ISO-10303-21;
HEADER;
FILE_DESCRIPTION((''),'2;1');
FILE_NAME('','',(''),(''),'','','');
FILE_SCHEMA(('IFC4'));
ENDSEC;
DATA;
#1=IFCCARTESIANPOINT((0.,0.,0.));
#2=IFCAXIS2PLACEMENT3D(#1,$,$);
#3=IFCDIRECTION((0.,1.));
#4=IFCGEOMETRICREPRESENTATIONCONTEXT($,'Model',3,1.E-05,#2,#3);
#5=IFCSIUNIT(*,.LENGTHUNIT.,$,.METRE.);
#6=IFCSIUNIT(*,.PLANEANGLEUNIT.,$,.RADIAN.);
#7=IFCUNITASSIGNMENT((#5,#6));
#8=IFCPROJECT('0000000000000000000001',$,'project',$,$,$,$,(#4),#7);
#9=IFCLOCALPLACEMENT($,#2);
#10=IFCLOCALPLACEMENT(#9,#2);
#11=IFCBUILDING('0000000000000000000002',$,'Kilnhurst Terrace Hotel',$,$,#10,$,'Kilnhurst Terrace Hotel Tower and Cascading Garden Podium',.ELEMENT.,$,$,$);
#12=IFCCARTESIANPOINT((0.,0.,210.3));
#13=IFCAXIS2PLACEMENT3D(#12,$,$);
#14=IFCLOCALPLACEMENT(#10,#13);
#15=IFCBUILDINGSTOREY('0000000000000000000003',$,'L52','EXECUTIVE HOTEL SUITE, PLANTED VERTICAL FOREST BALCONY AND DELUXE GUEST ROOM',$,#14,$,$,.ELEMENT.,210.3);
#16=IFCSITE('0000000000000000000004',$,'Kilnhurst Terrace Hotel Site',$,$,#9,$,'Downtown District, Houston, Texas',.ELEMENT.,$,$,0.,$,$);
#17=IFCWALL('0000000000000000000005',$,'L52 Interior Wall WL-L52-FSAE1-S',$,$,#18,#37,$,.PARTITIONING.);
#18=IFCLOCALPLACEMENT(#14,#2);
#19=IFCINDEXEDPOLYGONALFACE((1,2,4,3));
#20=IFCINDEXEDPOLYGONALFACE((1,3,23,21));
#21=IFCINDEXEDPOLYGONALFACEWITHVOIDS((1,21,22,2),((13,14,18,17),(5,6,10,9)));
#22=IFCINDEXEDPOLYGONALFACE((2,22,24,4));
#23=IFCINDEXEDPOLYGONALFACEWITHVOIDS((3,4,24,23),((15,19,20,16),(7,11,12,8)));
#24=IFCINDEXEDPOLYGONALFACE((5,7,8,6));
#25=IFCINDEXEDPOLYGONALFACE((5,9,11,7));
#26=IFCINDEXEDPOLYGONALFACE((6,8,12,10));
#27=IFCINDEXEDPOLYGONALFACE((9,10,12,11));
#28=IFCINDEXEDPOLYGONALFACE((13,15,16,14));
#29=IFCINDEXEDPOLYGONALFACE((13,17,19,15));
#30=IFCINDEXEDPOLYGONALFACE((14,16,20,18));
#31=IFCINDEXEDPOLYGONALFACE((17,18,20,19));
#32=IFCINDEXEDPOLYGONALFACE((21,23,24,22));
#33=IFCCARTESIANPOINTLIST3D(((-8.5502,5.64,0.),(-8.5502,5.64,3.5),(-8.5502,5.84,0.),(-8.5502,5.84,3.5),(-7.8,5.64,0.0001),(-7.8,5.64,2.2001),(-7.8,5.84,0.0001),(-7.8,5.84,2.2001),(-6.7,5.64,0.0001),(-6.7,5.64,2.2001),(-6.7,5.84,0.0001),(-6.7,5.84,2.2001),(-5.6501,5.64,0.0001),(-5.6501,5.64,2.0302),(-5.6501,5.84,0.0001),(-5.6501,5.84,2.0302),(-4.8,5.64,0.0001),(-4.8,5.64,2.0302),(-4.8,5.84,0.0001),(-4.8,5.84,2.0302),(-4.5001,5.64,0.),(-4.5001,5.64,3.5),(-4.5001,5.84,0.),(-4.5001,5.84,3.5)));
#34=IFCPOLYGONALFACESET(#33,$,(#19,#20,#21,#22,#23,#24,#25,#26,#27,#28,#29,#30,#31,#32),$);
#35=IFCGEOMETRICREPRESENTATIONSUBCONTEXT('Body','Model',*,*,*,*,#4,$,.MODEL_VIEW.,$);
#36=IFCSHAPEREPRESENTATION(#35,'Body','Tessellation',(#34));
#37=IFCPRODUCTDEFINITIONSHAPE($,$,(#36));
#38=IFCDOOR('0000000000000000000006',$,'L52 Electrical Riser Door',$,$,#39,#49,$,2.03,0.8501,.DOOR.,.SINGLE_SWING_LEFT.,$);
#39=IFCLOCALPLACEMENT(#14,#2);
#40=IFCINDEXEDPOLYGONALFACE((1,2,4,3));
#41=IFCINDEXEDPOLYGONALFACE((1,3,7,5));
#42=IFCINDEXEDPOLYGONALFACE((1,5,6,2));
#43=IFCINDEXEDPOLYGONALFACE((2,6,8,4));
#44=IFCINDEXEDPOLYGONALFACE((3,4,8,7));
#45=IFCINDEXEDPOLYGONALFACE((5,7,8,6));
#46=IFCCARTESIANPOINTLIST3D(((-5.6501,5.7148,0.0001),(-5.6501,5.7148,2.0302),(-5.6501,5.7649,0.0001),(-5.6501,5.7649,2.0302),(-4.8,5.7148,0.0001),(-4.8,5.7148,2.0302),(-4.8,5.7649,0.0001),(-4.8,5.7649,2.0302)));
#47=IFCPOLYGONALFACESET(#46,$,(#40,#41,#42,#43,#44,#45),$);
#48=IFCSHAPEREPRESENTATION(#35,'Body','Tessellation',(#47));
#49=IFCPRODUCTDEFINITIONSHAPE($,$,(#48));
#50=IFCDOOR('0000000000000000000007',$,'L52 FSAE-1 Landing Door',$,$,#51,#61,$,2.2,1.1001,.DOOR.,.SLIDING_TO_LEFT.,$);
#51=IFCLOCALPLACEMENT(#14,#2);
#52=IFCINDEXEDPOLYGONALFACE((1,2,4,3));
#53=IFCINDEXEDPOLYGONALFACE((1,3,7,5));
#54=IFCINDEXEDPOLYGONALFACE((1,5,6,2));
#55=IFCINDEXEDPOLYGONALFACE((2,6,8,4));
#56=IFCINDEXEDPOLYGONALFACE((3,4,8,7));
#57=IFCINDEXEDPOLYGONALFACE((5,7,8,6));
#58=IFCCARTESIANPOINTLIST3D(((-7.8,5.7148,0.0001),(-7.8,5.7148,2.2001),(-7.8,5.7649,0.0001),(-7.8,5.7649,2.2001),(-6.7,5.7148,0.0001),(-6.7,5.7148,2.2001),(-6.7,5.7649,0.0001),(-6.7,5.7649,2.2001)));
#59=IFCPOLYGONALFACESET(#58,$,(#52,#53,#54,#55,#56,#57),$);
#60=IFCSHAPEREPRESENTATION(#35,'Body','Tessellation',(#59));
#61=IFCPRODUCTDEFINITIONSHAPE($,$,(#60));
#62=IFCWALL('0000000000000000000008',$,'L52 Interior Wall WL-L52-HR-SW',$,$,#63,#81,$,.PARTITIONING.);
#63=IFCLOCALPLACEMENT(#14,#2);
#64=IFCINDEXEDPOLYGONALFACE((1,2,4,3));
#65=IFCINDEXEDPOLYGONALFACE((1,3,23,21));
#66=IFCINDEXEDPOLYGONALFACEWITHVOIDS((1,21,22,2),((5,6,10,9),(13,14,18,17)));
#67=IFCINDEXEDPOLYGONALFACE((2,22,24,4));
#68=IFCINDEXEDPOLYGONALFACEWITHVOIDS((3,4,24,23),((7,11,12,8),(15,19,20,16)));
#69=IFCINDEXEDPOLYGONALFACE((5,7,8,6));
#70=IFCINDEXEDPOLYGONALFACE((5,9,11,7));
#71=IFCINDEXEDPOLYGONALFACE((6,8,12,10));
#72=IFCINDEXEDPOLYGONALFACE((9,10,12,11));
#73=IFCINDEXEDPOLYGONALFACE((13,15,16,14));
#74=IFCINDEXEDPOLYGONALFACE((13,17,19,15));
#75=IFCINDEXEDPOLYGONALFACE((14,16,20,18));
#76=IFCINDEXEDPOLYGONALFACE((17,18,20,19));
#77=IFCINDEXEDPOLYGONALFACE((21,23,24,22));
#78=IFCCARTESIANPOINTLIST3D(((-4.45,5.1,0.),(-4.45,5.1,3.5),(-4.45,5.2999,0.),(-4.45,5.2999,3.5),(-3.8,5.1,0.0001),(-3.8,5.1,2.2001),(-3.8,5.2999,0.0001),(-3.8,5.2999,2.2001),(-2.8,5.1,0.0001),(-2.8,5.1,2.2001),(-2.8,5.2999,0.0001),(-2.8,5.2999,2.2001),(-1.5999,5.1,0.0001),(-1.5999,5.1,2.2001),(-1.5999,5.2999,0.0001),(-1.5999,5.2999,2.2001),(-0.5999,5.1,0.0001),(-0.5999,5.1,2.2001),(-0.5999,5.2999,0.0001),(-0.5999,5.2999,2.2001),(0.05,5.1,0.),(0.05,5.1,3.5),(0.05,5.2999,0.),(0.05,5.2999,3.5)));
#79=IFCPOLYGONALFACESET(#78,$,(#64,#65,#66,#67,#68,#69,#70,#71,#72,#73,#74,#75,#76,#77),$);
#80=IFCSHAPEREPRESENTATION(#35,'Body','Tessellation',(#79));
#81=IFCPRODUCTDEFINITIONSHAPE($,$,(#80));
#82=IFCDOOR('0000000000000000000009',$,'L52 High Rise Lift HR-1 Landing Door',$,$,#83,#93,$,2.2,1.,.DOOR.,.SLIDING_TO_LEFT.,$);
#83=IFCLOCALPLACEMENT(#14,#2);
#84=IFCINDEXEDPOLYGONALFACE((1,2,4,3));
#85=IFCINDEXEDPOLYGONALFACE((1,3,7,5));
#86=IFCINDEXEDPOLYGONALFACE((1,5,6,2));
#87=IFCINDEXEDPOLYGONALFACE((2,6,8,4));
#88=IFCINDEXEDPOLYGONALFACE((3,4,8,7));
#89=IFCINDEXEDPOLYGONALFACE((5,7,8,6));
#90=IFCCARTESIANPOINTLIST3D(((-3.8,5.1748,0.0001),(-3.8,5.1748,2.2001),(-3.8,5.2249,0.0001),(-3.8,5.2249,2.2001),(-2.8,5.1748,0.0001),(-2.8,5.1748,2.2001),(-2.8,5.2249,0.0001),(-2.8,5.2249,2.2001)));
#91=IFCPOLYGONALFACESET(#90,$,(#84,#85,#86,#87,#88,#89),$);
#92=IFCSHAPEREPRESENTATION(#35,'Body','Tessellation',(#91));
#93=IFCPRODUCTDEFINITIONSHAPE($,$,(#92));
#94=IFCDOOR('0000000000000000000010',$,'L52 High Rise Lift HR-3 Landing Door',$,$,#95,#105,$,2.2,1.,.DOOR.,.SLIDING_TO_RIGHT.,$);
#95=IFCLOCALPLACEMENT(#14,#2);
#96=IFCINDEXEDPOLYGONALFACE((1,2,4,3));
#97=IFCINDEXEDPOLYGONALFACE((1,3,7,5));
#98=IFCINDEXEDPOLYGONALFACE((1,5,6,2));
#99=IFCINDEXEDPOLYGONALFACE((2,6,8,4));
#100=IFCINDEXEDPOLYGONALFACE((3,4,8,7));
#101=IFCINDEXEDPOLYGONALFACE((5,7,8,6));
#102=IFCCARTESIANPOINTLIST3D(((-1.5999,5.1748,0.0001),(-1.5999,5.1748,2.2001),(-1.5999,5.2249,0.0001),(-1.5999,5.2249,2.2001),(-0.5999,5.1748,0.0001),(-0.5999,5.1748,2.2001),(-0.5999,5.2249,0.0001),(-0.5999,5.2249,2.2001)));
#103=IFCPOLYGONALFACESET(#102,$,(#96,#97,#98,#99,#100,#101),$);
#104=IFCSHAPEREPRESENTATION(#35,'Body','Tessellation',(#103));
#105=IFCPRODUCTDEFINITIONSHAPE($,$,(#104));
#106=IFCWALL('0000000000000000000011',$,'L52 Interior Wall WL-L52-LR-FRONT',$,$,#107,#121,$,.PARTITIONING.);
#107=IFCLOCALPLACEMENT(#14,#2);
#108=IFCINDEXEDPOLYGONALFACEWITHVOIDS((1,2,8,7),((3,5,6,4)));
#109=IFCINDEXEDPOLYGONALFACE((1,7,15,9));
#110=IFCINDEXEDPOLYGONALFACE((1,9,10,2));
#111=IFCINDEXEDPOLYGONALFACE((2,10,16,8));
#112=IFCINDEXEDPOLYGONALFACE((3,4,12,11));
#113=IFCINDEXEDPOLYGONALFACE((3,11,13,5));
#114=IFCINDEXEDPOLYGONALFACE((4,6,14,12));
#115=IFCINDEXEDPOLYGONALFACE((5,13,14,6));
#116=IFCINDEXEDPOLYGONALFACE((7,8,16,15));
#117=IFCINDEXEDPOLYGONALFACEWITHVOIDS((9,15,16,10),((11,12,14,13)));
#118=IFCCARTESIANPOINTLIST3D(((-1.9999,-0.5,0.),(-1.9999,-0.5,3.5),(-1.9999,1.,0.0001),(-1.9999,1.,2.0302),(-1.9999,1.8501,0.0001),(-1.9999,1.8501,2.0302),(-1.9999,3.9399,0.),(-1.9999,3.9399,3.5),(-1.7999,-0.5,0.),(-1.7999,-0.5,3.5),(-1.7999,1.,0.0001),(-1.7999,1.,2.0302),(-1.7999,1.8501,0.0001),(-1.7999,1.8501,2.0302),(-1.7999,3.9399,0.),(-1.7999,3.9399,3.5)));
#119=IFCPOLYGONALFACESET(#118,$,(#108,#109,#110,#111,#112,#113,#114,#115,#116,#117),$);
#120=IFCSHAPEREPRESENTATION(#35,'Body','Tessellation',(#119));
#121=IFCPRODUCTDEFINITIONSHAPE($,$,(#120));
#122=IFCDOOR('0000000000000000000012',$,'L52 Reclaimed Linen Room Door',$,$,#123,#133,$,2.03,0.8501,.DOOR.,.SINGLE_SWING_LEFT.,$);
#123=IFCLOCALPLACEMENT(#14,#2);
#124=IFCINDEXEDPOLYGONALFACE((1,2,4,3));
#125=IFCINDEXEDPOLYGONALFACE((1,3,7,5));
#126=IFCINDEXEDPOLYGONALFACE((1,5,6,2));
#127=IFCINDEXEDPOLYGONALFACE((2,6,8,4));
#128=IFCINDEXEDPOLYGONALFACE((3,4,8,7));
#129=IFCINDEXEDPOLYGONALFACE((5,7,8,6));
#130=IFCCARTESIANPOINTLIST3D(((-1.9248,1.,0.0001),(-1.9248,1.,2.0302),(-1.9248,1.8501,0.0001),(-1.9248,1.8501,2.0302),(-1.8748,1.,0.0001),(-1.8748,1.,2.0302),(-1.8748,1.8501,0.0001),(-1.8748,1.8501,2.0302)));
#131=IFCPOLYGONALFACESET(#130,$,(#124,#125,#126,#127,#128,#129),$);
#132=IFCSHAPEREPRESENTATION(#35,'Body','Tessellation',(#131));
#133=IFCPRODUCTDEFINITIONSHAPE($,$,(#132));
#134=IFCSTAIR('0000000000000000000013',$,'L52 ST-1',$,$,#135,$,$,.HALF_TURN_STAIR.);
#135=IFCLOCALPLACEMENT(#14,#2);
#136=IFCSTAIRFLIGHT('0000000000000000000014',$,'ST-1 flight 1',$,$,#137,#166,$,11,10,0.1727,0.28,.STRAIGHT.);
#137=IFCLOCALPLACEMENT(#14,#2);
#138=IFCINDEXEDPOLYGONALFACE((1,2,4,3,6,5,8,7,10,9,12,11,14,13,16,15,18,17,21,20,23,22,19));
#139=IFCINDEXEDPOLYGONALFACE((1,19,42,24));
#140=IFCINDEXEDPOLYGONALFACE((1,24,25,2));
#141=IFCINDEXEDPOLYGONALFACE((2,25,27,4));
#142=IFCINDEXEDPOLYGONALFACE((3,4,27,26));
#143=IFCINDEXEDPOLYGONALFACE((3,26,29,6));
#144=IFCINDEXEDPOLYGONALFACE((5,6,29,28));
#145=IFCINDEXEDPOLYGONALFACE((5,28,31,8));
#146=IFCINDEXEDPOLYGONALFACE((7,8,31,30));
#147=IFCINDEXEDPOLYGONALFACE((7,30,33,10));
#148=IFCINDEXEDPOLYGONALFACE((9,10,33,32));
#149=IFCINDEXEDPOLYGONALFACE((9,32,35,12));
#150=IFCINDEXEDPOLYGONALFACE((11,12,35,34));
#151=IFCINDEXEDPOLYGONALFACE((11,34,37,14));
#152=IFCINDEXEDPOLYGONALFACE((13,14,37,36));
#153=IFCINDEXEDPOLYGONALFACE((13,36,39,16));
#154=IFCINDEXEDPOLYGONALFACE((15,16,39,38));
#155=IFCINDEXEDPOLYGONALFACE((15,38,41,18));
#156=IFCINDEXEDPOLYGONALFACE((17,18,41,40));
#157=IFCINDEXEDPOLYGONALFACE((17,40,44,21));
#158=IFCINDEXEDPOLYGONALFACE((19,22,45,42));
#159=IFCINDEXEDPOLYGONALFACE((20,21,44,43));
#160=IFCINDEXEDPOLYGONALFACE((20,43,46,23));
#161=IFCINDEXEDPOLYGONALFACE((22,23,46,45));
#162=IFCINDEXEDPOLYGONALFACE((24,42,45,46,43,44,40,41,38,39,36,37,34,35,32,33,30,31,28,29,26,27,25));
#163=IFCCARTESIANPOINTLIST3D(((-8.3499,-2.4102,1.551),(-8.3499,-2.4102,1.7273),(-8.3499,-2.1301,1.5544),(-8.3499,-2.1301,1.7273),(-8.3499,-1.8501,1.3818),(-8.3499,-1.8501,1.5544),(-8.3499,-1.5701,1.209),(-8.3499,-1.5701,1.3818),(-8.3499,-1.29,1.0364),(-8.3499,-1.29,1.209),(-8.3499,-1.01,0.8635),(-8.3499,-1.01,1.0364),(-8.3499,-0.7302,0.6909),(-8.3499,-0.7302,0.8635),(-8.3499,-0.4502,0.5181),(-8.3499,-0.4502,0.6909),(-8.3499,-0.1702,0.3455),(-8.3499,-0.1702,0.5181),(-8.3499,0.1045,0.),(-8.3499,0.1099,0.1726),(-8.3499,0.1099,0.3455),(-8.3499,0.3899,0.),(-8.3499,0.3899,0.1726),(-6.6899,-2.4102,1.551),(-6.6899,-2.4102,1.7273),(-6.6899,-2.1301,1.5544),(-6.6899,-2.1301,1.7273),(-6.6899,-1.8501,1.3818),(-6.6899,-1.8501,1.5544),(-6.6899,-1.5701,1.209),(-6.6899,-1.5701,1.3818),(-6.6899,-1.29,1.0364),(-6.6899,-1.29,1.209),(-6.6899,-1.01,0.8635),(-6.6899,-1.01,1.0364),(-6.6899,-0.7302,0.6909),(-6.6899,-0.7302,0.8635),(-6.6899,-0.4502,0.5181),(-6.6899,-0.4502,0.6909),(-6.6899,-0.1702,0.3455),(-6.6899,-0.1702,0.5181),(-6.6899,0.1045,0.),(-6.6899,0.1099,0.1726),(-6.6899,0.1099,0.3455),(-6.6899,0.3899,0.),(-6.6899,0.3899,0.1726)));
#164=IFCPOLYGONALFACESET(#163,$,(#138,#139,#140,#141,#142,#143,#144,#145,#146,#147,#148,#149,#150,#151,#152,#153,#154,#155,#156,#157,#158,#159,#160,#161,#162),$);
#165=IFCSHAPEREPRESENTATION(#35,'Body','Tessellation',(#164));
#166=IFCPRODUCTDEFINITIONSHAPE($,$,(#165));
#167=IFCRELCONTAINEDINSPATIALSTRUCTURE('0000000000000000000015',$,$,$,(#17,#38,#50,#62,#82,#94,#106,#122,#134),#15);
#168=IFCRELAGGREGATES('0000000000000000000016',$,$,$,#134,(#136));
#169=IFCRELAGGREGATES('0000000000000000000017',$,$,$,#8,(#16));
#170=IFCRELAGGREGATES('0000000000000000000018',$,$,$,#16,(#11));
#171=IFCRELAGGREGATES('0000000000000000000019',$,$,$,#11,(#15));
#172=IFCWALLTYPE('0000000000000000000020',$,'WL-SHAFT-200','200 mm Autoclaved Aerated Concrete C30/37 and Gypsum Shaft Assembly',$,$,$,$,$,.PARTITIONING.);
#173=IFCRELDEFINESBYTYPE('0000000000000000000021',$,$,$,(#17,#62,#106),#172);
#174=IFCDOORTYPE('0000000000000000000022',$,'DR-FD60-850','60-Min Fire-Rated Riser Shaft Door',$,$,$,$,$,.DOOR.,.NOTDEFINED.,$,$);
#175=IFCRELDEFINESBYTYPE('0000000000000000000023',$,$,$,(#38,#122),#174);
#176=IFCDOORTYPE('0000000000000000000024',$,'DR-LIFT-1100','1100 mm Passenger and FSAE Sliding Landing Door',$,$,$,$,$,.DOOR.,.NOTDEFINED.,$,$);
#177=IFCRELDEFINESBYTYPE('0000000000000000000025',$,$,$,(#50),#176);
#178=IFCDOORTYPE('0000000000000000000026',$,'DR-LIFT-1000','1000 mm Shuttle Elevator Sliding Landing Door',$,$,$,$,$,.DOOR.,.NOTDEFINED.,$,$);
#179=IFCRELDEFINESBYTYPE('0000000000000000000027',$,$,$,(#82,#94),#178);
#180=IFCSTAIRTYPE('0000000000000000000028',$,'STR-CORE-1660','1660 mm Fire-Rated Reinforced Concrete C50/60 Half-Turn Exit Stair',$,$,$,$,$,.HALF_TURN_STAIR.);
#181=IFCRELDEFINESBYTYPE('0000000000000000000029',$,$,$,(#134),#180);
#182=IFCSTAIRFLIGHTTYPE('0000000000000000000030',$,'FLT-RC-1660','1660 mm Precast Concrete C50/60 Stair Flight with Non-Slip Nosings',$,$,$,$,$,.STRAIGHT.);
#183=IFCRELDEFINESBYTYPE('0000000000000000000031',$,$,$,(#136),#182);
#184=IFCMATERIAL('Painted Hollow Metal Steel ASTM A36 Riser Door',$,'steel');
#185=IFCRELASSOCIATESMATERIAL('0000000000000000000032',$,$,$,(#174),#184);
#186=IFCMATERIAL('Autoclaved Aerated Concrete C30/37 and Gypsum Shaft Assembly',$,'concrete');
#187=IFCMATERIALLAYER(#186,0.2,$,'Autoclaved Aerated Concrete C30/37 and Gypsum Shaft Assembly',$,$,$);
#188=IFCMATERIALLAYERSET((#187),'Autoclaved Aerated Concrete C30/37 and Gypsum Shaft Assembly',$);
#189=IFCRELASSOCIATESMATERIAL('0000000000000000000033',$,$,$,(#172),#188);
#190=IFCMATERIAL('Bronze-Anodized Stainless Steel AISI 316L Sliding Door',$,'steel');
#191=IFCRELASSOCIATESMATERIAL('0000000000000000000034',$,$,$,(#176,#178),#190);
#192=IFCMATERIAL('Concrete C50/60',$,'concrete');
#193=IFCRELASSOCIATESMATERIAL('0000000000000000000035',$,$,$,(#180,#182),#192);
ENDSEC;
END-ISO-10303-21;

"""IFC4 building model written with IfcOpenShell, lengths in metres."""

from ifc_helpers import new_model, si_unit, direction, frame, frame_2d, origin, place, context, subcontext, project, spatial, polyline, rectangle, outline, extrude, material, layer, layer_set, type_object, element, fill, aggregate, save


model = new_model("IFC4")

# Units and contexts
model_context = context("Model", 3, precision=1e-05, world=origin(), true_north=direction((0.0, 1.0)))
body_context = subcontext(model_context, "Body", "Model", "MODEL_VIEW")
ifc_project = project(units=[si_unit("LENGTHUNIT", "METRE"), si_unit("PLANEANGLEUNIT", "RADIAN")], contexts=[model_context])

# Site, building, storey
site_placement = place(None, origin())
site = spatial("IfcSite", under=ifc_project, at=site_placement, Name="Kilnhurst Terrace Hotel Site", LongName="Downtown District, Houston, Texas", CompositionType="ELEMENT", RefElevation=0.0)
building_placement = place(site_placement, origin())
building = spatial("IfcBuilding", under=site, at=building_placement, Name="Kilnhurst Terrace Hotel", LongName="Kilnhurst Terrace Hotel Tower and Cascading Garden Podium", CompositionType="ELEMENT")
storey_placement = place(building_placement, frame((0.0, 0.0, 210.3)))
storey = spatial("IfcBuildingStorey", under=building, at=storey_placement, Name="L52", Description="EXECUTIVE HOTEL SUITE, PLANTED VERTICAL FOREST BALCONY AND DELUXE GUEST ROOM", CompositionType="ELEMENT", Elevation=210.3)

# Shared definitions
ifc_material_1 = material(Name="Concrete C50/60", Category="concrete")

# Walls, openings, doors
ifc_material_2 = material(Name="Painted Hollow Metal Steel ASTM A36 Riser Door", Category="steel")
door_type_1 = type_object("IfcDoorType", Name="DR-FD60-850", Description="60-Min Fire-Rated Riser Shaft Door", OperationType="NOTDEFINED", PredefinedType="DOOR", material=ifc_material_2)
ifc_material_3 = material(Name="Autoclaved Aerated Concrete C30/37 and Gypsum Shaft Assembly", Category="concrete")
ifc_layer_1 = layer(ifc_material_3, 0.2, Name="Autoclaved Aerated Concrete C30/37 and Gypsum Shaft Assembly")
ifc_layer_set_1 = layer_set([ifc_layer_1], Name="Autoclaved Aerated Concrete C30/37 and Gypsum Shaft Assembly")
wall_type_1 = type_object("IfcWallType", Name="WL-SHAFT-200", Description="200 mm Autoclaved Aerated Concrete C30/37 and Gypsum Shaft Assembly", PredefinedType="PARTITIONING", material=ifc_layer_set_1)
wall_1_placement = place(storey_placement, frame((-8.55, 5.74, 0.0), z_axis=(0.0, 0.0, 1.0), x_axis=(1.0, 0.0, 0.0)))
wall_1 = element("IfcWall", 1, at=wall_1_placement, inside=storey, type_object=wall_type_1, Name="L52 Interior Wall WL-L52-FSAE1-S", PredefinedType="PARTITIONING", context=body_context, shape_type="SweptSolid", body=[
    extrude(rectangle(XDim=4.05, YDim=0.2, at=frame_2d((2.0249, 0.0))), origin(), (0.0, 0.0, 1.0), 3.5),
])
opening_1_placement = place(wall_1_placement, frame((0.75, 0.0, 0.0)))
opening_1 = element("IfcOpeningElement", 2, at=opening_1_placement, cuts=wall_1, PredefinedType="OPENING", context=body_context, shape_type="SweptSolid", body=[
    extrude(rectangle(XDim=1.1001, YDim=2.2, at=frame_2d((0.55, 1.1001))), frame((0.0, 0.1099, 0.0), z_axis=(0.0, -1.0, 0.0), x_axis=(1.0, 0.0, 0.0)), (0.0, 0.0, 1.0), 0.22),
])
opening_2_placement = place(wall_1_placement, frame((2.8999, 0.0, 0.0)))
opening_2 = element("IfcOpeningElement", 3, at=opening_2_placement, cuts=wall_1, PredefinedType="OPENING", context=body_context, shape_type="SweptSolid", body=[
    extrude(rectangle(XDim=0.8501, YDim=2.03, at=frame_2d((0.425, 1.0151))), frame((0.0, 0.1099, 0.0), z_axis=(0.0, -1.0, 0.0), x_axis=(1.0, 0.0, 0.0)), (0.0, 0.0, 1.0), 0.22),
])
door_1_placement = place(opening_2_placement, origin())
door_1 = element("IfcDoor", 4, at=door_1_placement, inside=storey, type_object=door_type_1, Name="L52 Electrical Riser Door", OperationType="SINGLE_SWING_LEFT", OverallHeight=2.03, OverallWidth=0.8501, PredefinedType="DOOR", context=body_context, shape_type="SweptSolid", body=[
    extrude(rectangle(XDim=0.8501, YDim=2.03, at=frame_2d((0.425, 1.0151))), frame((0.0, 0.0249, 0.0), z_axis=(0.0, -1.0, 0.0), x_axis=(1.0, 0.0, 0.0)), (0.0, 0.0, 1.0), 0.05),
])
fill(opening_2, door_1)
ifc_material_4 = material(Name="Bronze-Anodized Stainless Steel AISI 316L Sliding Door", Category="steel")
door_type_2 = type_object("IfcDoorType", Name="DR-LIFT-1100", Description="1100 mm Passenger and FSAE Sliding Landing Door", OperationType="NOTDEFINED", PredefinedType="DOOR", material=ifc_material_4)
door_2_placement = place(opening_1_placement, origin())
door_2 = element("IfcDoor", 5, at=door_2_placement, inside=storey, type_object=door_type_2, Name="L52 FSAE-1 Landing Door", OperationType="SLIDING_TO_LEFT", OverallHeight=2.2, OverallWidth=1.1001, PredefinedType="DOOR", context=body_context, shape_type="SweptSolid", body=[
    extrude(rectangle(XDim=1.1001, YDim=2.2, at=frame_2d((0.55, 1.1001))), frame((0.0, 0.0249, 0.0), z_axis=(0.0, -1.0, 0.0), x_axis=(1.0, 0.0, 0.0)), (0.0, 0.0, 1.0), 0.05),
])
fill(opening_1, door_2)
wall_2_placement = place(storey_placement, frame((-4.45, 5.2, 0.0), z_axis=(0.0, 0.0, 1.0), x_axis=(1.0, 0.0, 0.0)))
wall_2 = element("IfcWall", 6, at=wall_2_placement, inside=storey, type_object=wall_type_1, Name="L52 Interior Wall WL-L52-HR-SW", PredefinedType="PARTITIONING", context=body_context, shape_type="SweptSolid", body=[
    extrude(rectangle(XDim=4.5, YDim=0.2, at=frame_2d((2.25, 0.0))), origin(), (0.0, 0.0, 1.0), 3.5),
])
opening_3_placement = place(wall_2_placement, frame((0.6499, 0.0, 0.0)))
opening_3 = element("IfcOpeningElement", 7, at=opening_3_placement, cuts=wall_2, PredefinedType="OPENING", context=body_context, shape_type="SweptSolid", body=[
    extrude(rectangle(XDim=1.0, YDim=2.2, at=frame_2d((0.5, 1.1001))), frame((0.0, 0.1099, 0.0), z_axis=(0.0, -1.0, 0.0), x_axis=(1.0, 0.0, 0.0)), (0.0, 0.0, 1.0), 0.22),
])
opening_4_placement = place(wall_2_placement, frame((2.8501, 0.0, 0.0)))
opening_4 = element("IfcOpeningElement", 8, at=opening_4_placement, cuts=wall_2, PredefinedType="OPENING", context=body_context, shape_type="SweptSolid", body=[
    extrude(rectangle(XDim=1.0, YDim=2.2, at=frame_2d((0.5, 1.1001))), frame((0.0, 0.1099, 0.0), z_axis=(0.0, -1.0, 0.0), x_axis=(1.0, 0.0, 0.0)), (0.0, 0.0, 1.0), 0.22),
])
door_type_3 = type_object("IfcDoorType", Name="DR-LIFT-1000", Description="1000 mm Shuttle Elevator Sliding Landing Door", OperationType="NOTDEFINED", PredefinedType="DOOR", material=ifc_material_4)
door_3_placement = place(opening_3_placement, origin())
door_3 = element("IfcDoor", 9, at=door_3_placement, inside=storey, type_object=door_type_3, Name="L52 High Rise Lift HR-1 Landing Door", OperationType="SLIDING_TO_LEFT", OverallHeight=2.2, OverallWidth=1.0, PredefinedType="DOOR", context=body_context, shape_type="SweptSolid", body=[
    extrude(rectangle(XDim=1.0, YDim=2.2, at=frame_2d((0.5, 1.1001))), frame((0.0, 0.0249, 0.0), z_axis=(0.0, -1.0, 0.0), x_axis=(1.0, 0.0, 0.0)), (0.0, 0.0, 1.0), 0.05),
])
fill(opening_3, door_3)
door_4_placement = place(opening_4_placement, origin())
door_4 = element("IfcDoor", 10, at=door_4_placement, inside=storey, type_object=door_type_3, Name="L52 High Rise Lift HR-3 Landing Door", OperationType="SLIDING_TO_RIGHT", OverallHeight=2.2, OverallWidth=1.0, PredefinedType="DOOR", context=body_context, shape_type="SweptSolid", body=[
    extrude(rectangle(XDim=1.0, YDim=2.2, at=frame_2d((0.5, 1.1001))), frame((0.0, 0.0249, 0.0), z_axis=(0.0, -1.0, 0.0), x_axis=(1.0, 0.0, 0.0)), (0.0, 0.0, 1.0), 0.05),
])
fill(opening_4, door_4)

# Wall, opening, door
wall_3_placement = place(storey_placement, frame((-1.8999, -0.5, 0.0), z_axis=(0.0, 0.0, 1.0), x_axis=(0.0, 1.0, 0.0)))
wall_3 = element("IfcWall", 11, at=wall_3_placement, inside=storey, type_object=wall_type_1, Name="L52 Interior Wall WL-L52-LR-FRONT", PredefinedType="PARTITIONING", context=body_context, shape_type="SweptSolid", body=[
    extrude(rectangle(XDim=4.4399, YDim=0.2, at=frame_2d((2.22, 0.0))), origin(), (0.0, 0.0, 1.0), 3.5),
])
opening_5_placement = place(wall_3_placement, frame((1.5, 0.0, 0.0)))
opening_5 = element("IfcOpeningElement", 12, at=opening_5_placement, cuts=wall_3, PredefinedType="OPENING", context=body_context, shape_type="SweptSolid", body=[
    extrude(rectangle(XDim=0.8501, YDim=2.03, at=frame_2d((0.425, 1.0151))), frame((0.0, 0.1099, 0.0), z_axis=(0.0, -1.0, 0.0), x_axis=(1.0, 0.0, 0.0)), (0.0, 0.0, 1.0), 0.22),
])
door_5_placement = place(opening_5_placement, origin())
door_5 = element("IfcDoor", 13, at=door_5_placement, inside=storey, type_object=door_type_1, Name="L52 Reclaimed Linen Room Door", OperationType="SINGLE_SWING_LEFT", OverallHeight=2.03, OverallWidth=0.8501, PredefinedType="DOOR", context=body_context, shape_type="SweptSolid", body=[
    extrude(rectangle(XDim=0.8501, YDim=2.03, at=frame_2d((0.425, 1.0151))), frame((0.0, 0.0249, 0.0), z_axis=(0.0, -1.0, 0.0), x_axis=(1.0, 0.0, 0.0)), (0.0, 0.0, 1.0), 0.05),
])
fill(opening_5, door_5)

# Stair, stair flight
stair_type = type_object("IfcStairType", Name="STR-CORE-1660", Description="1660 mm Fire-Rated Reinforced Concrete C50/60 Half-Turn Exit Stair", PredefinedType="HALF_TURN_STAIR", material=ifc_material_1)
stair_placement = place(storey_placement, origin())
stair = element("IfcStair", 14, at=stair_placement, inside=storey, type_object=stair_type, Name="L52 ST-1", PredefinedType="HALF_TURN_STAIR")
stair_flight_type = type_object("IfcStairFlightType", Name="FLT-RC-1660", Description="1660 mm Precast Concrete C50/60 Stair Flight with Non-Slip Nosings", PredefinedType="STRAIGHT", material=ifc_material_1)
stair_flight_placement = place(storey_placement, frame((-7.52, 0.3899, 0.0), z_axis=(0.0, 0.0, 1.0), x_axis=(0.0, -1.0, 0.0)))
stair_flight = element("IfcStairFlight", 15, at=stair_flight_placement, type_object=stair_flight_type, Name="ST-1 flight 1", NumberOfRisers=11, NumberOfTreads=10, PredefinedType="STRAIGHT", RiserHeight=0.1727, TreadLength=0.28, context=body_context, shape_type="SweptSolid", body=[
    extrude(outline(polyline([(0.0, 0.0), (0.0, 0.1726), (0.28, 0.1726), (0.28, 0.3455), (0.5601, 0.3455), (0.5601, 0.5181), (0.8401, 0.5181), (0.8401, 0.6909), (1.1201, 0.6909), (1.1201, 0.8635), (1.3999, 0.8635), (1.3999, 1.0364), (1.6799, 1.0364), (1.6799, 1.209), (1.96, 1.209), (1.96, 1.3818), (2.24, 1.3818), (2.24, 1.5544), (2.52, 1.5544), (2.52, 1.7273), (2.8, 1.7273), (2.8, 1.8999), (2.8, 1.551), (0.2854, 0.0), (0.0, 0.0)])), frame((0.0, 0.8301, 0.0), z_axis=(0.0, -1.0, 0.0), x_axis=(1.0, 0.0, 0.0)), (0.0, 0.0, 1.0), 1.6599),
])
aggregate(stair, [stair_flight])

save(model, "model.ifc")
